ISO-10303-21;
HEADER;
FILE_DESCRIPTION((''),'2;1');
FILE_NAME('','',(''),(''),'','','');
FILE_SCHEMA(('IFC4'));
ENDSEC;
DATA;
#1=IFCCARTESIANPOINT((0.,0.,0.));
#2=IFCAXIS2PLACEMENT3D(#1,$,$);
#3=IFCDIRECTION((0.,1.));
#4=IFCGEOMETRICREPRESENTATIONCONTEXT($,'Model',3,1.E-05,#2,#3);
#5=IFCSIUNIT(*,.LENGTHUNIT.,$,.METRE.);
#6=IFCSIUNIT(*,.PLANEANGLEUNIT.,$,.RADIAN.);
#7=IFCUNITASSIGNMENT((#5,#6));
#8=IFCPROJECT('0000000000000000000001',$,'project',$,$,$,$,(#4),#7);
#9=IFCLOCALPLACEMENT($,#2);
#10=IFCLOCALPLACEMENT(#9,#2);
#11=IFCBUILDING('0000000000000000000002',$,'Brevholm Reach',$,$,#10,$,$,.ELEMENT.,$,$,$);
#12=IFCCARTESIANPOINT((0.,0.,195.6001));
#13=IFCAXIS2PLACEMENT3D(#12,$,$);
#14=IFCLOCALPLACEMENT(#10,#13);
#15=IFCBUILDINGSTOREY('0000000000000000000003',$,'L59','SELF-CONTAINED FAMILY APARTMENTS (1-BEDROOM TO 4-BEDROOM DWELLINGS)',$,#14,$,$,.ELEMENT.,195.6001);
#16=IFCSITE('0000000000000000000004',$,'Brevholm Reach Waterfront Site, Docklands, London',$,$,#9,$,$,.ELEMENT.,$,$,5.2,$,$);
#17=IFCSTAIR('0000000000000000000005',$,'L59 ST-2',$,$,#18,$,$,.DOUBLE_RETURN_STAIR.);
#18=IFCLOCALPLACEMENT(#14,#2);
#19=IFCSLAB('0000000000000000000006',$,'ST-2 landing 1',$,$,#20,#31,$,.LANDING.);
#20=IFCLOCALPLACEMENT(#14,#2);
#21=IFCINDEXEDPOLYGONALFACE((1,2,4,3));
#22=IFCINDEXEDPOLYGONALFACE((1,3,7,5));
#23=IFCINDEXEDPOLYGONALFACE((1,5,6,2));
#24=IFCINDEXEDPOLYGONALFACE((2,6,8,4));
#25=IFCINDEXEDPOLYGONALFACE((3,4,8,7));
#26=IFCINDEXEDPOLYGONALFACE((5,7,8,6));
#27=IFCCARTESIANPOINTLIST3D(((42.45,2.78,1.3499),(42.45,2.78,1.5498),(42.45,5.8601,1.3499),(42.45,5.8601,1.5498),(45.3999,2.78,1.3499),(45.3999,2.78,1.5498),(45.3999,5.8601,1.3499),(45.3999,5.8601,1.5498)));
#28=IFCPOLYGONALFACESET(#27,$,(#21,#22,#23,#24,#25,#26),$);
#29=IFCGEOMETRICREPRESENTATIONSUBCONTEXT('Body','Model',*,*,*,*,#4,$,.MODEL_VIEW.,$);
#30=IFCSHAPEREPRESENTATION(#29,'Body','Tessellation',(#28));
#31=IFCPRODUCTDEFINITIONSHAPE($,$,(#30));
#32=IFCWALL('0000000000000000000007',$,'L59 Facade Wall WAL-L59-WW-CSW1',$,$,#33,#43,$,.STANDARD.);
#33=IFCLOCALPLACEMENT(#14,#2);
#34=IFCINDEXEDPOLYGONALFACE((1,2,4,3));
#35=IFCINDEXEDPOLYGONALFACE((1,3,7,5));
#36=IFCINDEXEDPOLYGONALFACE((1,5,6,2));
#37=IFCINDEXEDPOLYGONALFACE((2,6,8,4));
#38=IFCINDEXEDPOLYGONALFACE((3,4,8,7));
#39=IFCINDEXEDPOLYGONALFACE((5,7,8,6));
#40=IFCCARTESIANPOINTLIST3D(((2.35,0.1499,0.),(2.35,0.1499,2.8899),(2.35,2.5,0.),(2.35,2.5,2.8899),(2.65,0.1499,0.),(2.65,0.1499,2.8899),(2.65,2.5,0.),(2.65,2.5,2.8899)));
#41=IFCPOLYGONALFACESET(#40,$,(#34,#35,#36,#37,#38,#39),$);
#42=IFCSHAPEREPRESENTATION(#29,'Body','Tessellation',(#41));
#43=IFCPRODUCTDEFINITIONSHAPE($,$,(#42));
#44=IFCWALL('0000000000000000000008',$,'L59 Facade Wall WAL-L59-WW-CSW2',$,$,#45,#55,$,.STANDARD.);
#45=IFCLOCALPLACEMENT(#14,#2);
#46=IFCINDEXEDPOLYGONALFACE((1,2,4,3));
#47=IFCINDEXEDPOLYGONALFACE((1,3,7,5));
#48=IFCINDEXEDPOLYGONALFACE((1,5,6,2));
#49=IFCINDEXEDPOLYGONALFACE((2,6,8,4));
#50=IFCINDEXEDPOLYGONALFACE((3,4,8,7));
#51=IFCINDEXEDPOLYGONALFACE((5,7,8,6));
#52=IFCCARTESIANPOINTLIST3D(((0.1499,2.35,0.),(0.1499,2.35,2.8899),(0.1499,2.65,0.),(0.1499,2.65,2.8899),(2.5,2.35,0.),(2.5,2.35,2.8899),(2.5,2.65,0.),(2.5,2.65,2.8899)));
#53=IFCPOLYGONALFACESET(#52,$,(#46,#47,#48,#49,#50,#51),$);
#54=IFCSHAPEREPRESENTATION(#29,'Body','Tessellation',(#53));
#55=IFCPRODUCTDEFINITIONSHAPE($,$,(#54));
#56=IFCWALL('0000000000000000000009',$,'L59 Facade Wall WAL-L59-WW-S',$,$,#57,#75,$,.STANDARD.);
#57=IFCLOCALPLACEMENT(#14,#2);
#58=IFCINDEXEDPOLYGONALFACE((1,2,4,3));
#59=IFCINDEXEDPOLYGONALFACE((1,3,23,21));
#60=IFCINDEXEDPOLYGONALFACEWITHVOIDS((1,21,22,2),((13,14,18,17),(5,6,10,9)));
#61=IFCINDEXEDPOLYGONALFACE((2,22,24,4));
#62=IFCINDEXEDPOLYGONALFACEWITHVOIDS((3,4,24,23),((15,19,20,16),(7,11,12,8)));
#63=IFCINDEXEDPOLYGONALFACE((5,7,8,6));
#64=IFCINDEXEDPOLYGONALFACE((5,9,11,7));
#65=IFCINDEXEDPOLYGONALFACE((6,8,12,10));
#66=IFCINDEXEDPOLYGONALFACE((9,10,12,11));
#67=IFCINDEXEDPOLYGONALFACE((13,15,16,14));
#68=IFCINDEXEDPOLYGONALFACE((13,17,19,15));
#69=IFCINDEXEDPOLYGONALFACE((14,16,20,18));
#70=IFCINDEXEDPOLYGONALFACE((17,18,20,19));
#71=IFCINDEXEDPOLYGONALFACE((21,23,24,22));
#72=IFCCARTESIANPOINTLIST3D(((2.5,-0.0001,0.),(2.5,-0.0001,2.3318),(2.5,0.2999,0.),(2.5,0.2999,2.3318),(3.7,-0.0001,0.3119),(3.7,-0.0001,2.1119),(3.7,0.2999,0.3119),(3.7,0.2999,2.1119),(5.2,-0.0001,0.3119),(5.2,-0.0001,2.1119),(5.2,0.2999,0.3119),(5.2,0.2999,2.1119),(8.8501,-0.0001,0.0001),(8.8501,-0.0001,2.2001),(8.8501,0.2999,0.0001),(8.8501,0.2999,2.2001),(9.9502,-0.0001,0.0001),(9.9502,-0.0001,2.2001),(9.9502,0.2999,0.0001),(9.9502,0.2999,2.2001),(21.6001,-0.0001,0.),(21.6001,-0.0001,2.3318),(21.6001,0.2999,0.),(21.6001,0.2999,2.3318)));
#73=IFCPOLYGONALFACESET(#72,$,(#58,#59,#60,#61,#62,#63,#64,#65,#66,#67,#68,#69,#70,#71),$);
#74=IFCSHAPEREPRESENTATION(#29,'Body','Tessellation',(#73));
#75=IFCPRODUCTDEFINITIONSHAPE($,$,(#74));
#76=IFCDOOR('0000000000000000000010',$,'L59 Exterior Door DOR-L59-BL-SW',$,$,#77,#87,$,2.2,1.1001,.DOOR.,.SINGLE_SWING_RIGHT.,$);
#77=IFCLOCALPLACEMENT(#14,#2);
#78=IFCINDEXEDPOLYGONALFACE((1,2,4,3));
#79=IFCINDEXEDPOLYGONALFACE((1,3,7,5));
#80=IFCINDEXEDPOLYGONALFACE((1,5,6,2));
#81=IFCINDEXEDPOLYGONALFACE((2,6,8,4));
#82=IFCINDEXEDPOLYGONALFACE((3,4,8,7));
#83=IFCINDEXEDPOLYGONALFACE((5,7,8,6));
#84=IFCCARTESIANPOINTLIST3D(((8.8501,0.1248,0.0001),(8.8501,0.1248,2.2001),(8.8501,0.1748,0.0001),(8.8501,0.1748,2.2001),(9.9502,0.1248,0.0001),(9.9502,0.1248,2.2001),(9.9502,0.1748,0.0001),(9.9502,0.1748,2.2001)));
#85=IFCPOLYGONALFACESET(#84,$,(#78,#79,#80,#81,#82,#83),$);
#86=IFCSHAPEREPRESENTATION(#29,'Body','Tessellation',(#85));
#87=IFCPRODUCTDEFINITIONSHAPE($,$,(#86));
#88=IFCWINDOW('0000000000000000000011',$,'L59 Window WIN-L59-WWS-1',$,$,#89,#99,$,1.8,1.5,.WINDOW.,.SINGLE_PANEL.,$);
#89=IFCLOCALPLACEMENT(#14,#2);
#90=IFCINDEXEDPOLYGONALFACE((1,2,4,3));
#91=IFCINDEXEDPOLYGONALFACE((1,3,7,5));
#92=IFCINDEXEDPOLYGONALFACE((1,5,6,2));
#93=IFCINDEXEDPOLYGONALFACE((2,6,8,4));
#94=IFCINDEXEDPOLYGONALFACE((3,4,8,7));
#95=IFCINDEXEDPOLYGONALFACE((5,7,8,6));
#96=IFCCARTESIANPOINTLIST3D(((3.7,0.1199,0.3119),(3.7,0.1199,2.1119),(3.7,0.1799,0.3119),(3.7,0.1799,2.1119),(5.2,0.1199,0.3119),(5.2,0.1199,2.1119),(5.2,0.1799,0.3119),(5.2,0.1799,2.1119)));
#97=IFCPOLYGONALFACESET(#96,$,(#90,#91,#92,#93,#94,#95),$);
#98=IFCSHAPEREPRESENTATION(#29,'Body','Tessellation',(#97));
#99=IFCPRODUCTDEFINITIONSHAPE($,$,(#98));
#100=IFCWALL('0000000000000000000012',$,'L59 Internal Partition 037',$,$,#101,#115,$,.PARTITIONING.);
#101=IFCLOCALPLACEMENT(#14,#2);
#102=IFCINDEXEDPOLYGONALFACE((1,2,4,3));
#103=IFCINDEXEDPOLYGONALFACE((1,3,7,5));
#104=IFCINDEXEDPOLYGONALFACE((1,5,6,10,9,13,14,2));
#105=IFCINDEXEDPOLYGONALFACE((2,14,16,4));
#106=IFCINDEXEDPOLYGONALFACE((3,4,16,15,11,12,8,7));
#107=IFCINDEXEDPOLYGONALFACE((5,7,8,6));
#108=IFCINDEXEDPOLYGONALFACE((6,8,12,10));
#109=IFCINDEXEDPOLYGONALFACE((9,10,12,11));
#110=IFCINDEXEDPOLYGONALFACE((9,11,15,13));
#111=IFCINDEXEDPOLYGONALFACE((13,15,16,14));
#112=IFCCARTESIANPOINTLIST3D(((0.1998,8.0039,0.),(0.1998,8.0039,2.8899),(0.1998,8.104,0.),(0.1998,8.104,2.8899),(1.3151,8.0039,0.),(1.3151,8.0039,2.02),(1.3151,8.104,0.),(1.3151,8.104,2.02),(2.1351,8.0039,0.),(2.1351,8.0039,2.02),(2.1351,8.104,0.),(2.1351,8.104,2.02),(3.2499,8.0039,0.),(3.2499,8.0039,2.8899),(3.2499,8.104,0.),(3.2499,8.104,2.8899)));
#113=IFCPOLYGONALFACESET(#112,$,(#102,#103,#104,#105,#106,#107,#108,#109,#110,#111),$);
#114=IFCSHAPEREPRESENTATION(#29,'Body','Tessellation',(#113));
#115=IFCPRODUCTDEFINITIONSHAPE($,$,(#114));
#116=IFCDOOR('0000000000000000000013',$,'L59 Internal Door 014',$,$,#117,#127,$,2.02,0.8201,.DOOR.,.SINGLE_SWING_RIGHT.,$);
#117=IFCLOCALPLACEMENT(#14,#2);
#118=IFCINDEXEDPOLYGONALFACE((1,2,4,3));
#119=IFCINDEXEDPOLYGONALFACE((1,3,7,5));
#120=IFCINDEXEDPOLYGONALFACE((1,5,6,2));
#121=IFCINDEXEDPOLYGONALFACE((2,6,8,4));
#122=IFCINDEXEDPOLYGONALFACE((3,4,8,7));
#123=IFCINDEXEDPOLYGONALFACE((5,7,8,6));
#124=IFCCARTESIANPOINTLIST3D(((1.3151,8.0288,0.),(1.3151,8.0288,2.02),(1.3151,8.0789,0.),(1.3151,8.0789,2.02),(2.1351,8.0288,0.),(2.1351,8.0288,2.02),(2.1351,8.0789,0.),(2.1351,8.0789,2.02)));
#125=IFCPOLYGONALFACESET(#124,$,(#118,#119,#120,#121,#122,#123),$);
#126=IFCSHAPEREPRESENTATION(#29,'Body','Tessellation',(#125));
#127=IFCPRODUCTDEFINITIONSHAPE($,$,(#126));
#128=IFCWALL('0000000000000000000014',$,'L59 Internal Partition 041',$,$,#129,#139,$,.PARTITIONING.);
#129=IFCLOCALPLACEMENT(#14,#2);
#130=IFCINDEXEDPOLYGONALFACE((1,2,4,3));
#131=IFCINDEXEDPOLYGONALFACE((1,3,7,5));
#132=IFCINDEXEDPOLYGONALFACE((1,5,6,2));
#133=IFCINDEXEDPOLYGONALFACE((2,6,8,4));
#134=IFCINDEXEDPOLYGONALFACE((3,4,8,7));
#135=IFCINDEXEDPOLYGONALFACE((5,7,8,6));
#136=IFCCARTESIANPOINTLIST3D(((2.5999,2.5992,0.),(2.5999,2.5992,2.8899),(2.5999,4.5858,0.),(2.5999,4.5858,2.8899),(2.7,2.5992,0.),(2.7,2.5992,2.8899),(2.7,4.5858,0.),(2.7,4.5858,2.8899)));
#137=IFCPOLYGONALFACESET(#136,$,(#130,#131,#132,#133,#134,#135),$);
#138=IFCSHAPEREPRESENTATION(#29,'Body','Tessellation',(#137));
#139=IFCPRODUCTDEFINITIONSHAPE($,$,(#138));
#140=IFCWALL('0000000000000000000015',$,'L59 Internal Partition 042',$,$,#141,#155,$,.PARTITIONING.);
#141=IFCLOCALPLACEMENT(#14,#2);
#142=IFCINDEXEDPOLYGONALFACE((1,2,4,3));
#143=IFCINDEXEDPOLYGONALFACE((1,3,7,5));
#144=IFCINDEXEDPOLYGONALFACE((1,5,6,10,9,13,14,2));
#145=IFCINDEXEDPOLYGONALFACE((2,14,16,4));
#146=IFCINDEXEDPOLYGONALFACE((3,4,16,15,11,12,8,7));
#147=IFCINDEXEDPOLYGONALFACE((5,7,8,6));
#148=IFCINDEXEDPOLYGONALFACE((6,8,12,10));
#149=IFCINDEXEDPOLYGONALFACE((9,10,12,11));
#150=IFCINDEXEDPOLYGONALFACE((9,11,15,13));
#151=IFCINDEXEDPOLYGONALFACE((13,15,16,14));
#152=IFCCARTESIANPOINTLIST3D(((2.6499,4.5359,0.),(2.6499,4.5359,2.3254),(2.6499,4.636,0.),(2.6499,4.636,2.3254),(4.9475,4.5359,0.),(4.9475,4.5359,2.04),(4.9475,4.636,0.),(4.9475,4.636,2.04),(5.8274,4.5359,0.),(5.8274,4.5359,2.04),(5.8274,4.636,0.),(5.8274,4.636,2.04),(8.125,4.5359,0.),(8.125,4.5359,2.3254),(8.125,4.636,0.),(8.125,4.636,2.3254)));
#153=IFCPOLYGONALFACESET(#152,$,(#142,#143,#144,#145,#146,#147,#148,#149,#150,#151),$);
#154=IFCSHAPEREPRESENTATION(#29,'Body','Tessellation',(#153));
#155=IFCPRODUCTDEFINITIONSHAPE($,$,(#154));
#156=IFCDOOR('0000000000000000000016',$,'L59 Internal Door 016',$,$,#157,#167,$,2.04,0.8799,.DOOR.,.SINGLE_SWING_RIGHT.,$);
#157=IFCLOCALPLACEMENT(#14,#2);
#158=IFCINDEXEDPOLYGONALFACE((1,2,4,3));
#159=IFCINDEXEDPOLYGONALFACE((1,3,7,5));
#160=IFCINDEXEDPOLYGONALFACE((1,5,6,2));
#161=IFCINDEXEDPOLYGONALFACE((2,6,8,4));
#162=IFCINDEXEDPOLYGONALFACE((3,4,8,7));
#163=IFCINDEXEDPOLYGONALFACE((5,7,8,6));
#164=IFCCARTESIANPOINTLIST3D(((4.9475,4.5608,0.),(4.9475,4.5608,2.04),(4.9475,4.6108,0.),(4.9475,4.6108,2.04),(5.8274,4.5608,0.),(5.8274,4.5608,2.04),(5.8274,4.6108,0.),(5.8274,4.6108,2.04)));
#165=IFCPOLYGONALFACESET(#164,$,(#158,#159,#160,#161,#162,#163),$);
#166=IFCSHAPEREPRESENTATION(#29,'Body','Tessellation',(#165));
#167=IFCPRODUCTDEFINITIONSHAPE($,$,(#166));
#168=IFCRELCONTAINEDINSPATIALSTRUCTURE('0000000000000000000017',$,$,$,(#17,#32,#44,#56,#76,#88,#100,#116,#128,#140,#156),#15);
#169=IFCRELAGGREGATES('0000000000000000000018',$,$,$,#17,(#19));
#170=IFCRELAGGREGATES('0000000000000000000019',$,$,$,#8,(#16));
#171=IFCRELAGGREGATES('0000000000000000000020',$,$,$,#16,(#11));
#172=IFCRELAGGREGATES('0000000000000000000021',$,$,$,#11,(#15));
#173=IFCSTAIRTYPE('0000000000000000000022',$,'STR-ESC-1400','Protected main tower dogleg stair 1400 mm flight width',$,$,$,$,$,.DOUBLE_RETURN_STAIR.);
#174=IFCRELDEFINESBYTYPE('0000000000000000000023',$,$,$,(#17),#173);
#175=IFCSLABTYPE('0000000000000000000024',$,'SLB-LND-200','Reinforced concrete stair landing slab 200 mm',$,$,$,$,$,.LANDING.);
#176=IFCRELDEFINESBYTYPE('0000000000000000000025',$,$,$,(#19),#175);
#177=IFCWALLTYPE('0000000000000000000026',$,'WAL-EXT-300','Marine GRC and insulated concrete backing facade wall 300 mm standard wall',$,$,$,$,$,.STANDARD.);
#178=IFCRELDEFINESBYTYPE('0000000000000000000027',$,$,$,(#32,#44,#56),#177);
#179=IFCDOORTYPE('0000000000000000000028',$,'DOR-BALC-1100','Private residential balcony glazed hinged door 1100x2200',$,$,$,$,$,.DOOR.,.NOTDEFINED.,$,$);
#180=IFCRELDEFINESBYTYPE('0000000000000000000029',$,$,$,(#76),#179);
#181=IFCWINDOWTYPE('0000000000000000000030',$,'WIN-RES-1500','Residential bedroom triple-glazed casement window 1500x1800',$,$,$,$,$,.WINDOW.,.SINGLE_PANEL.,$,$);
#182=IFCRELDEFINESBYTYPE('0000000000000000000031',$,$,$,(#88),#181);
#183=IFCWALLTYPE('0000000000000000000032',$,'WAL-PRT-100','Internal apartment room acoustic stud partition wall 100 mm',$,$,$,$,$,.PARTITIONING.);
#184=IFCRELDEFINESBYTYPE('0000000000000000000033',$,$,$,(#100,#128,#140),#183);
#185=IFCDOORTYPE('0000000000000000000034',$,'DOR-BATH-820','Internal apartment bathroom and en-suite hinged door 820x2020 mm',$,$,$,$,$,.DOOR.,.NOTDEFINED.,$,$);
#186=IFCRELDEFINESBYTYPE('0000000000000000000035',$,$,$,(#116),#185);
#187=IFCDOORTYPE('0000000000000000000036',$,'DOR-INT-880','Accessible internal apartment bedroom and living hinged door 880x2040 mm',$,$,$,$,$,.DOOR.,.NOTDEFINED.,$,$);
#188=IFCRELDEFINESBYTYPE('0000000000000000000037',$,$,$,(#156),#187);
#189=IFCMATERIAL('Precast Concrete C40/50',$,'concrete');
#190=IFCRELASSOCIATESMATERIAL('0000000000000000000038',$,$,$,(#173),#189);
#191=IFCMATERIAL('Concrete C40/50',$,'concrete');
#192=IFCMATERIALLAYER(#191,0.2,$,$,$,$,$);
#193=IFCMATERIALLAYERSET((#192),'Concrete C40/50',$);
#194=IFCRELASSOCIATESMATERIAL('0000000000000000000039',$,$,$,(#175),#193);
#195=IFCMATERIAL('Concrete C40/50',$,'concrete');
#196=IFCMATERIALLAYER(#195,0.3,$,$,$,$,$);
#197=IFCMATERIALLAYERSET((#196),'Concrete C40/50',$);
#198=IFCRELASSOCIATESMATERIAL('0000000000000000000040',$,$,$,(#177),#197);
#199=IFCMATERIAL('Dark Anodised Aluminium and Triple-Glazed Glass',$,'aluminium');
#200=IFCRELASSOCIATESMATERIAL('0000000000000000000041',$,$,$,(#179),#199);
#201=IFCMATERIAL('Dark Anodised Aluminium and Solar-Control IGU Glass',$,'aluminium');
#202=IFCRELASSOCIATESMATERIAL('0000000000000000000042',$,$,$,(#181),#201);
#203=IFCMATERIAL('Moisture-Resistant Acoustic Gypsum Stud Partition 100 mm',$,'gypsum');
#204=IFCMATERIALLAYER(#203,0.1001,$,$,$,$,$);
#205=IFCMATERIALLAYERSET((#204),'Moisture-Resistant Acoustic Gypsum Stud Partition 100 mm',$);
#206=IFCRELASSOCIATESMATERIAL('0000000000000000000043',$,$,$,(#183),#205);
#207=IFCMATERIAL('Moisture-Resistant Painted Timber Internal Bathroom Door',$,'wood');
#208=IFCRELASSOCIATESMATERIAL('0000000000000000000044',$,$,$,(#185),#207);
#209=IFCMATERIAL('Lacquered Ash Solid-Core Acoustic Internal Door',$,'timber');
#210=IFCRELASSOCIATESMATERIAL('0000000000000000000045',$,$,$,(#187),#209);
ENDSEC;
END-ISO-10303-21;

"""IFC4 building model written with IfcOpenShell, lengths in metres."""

from ifc_helpers import new_model, si_unit, direction, frame, frame_2d, origin, place, context, subcontext, project, spatial, polyline, rectangle, outline, extrude, material, layer, layer_set, type_object, element, fill, aggregate, save


model = new_model("IFC4")

# Units and contexts
model_context = context("Model", 3, precision=1e-05, world=origin(), true_north=direction((0.0, 1.0)))
body_context = subcontext(model_context, "Body", "Model", "MODEL_VIEW")
ifc_project = project(units=[si_unit("LENGTHUNIT", "METRE"), si_unit("PLANEANGLEUNIT", "RADIAN")], contexts=[model_context])

# Site, building, storey
site_placement = place(None, origin())
site = spatial("IfcSite", under=ifc_project, at=site_placement, Name="Brevholm Reach Waterfront Site, Docklands, London", CompositionType="ELEMENT", RefElevation=5.2)
building_placement = place(site_placement, origin())
building = spatial("IfcBuilding", under=site, at=building_placement, Name="Brevholm Reach", CompositionType="ELEMENT")
storey_placement = place(building_placement, frame((0.0, 0.0, 195.6001)))
storey = spatial("IfcBuildingStorey", under=building, at=storey_placement, Name="L59", Description="SELF-CONTAINED FAMILY APARTMENTS (1-BEDROOM TO 4-BEDROOM DWELLINGS)", CompositionType="ELEMENT", Elevation=195.6001)

# Stair, slab
ifc_material_1 = material(Name="Precast Concrete C40/50", Category="concrete")
stair_type = type_object("IfcStairType", Name="STR-ESC-1400", Description="Protected main tower dogleg stair 1400 mm flight width", PredefinedType="DOUBLE_RETURN_STAIR", material=ifc_material_1)
ifc_material_2 = material(Name="Concrete C40/50", Category="concrete")
ifc_layer_1 = layer(ifc_material_2, 0.2)
ifc_layer_set_1 = layer_set([ifc_layer_1], Name="Concrete C40/50")
slab_type_1 = type_object("IfcSlabType", Name="SLB-LND-200", Description="Reinforced concrete stair landing slab 200 mm", PredefinedType="LANDING", material=ifc_layer_set_1)
stair_1_placement = place(storey_placement, origin())
stair_1 = element("IfcStair", 1, at=stair_1_placement, inside=storey, type_object=stair_type, Name="L59 ST-2", PredefinedType="DOUBLE_RETURN_STAIR")
slab_1_placement = place(storey_placement, frame((0.0, 0.0, 1.3499)))
slab_1 = element("IfcSlab", 2, at=slab_1_placement, type_object=slab_type_1, Name="ST-2 landing 1", PredefinedType="LANDING", context=body_context, shape_type="SweptSolid", body=[
    extrude(outline(polyline([(42.45, 5.8601), (42.45, 2.78), (45.3999, 2.78), (45.3999, 5.8601), (42.45, 5.8601)])), origin(), (0.0, 0.0, 1.0), 0.2),
])
aggregate(stair_1, [slab_1])

# Walls
ifc_material_3 = material(Name="Concrete C40/50", Category="concrete")
ifc_layer_2 = layer(ifc_material_3, 0.3)
ifc_layer_set_2 = layer_set([ifc_layer_2], Name="Concrete C40/50")
wall_type_1 = type_object("IfcWallType", Name="WAL-EXT-300", Description="Marine GRC and insulated concrete backing facade wall 300 mm standard wall", PredefinedType="STANDARD", material=ifc_layer_set_2)
for number, where, z_axis, x_axis, name in (
    (3, (2.5, 2.5, 0.0), (0.0, 0.0, 1.0), (0.0, -1.0, 0.0), "L59 Facade Wall WAL-L59-WW-CSW1"),
    (4, (0.1499, 2.5, 0.0), (0.0, 0.0, 1.0), (1.0, 0.0, 0.0), "L59 Facade Wall WAL-L59-WW-CSW2"),
):
    element("IfcWall", number, at=place(storey_placement, frame(where, z_axis=z_axis, x_axis=x_axis)), inside=storey, type_object=wall_type_1, Name=name, PredefinedType="STANDARD", context=body_context, shape_type="SweptSolid", body=[
        extrude(rectangle(XDim=2.3501, YDim=0.3, at=frame_2d((1.175, 0.0))), origin(), (0.0, 0.0, 1.0), 2.8899),
    ])

# Wall, openings, door, window
wall_1_placement = place(storey_placement, frame((2.5, 0.1499, 0.0), z_axis=(0.0, 0.0, 1.0), x_axis=(1.0, 0.0, 0.0)))
wall_1 = element("IfcWall", 5, at=wall_1_placement, inside=storey, type_object=wall_type_1, Name="L59 Facade Wall WAL-L59-WW-S", PredefinedType="STANDARD", context=body_context, shape_type="SweptSolid", body=[
    extrude(rectangle(XDim=19.1001, YDim=0.3, at=frame_2d((9.55, 0.0))), origin(), (0.0, 0.0, 1.0), 2.3318),
])
opening_1_placement = place(wall_1_placement, frame((6.3501, 0.0, 0.0)))
opening_1 = element("IfcOpeningElement", 6, at=opening_1_placement, cuts=wall_1, PredefinedType="OPENING", context=body_context, shape_type="SweptSolid", body=[
    extrude(rectangle(XDim=1.1001, YDim=2.2, at=frame_2d((0.55, 1.1001))), frame((0.0, 0.1599, 0.0), z_axis=(0.0, -1.0, 0.0), x_axis=(1.0, 0.0, 0.0)), (0.0, 0.0, 1.0), 0.3201),
])
opening_2_placement = place(wall_1_placement, frame((1.2, 0.0, 0.312)))
opening_2 = element("IfcOpeningElement", 7, at=opening_2_placement, cuts=wall_1, PredefinedType="OPENING", context=body_context, shape_type="SweptSolid", body=[
    extrude(rectangle(XDim=1.5, YDim=1.8, at=frame_2d((0.75, 0.8999))), frame((0.0, 0.1599, 0.0), z_axis=(0.0, -1.0, 0.0), x_axis=(1.0, 0.0, 0.0)), (0.0, 0.0, 1.0), 0.3201),
])
ifc_material_4 = material(Name="Dark Anodised Aluminium and Triple-Glazed Glass", Category="aluminium")
door_type_1 = type_object("IfcDoorType", Name="DOR-BALC-1100", Description="Private residential balcony glazed hinged door 1100x2200", OperationType="NOTDEFINED", PredefinedType="DOOR", material=ifc_material_4)
door_1_placement = place(opening_1_placement, origin())
door_1 = element("IfcDoor", 8, at=door_1_placement, inside=storey, type_object=door_type_1, Name="L59 Exterior Door DOR-L59-BL-SW", OperationType="SINGLE_SWING_RIGHT", OverallHeight=2.2, OverallWidth=1.1001, PredefinedType="DOOR", context=body_context, shape_type="SweptSolid", body=[
    extrude(rectangle(XDim=1.1001, YDim=2.2, at=frame_2d((0.55, 1.1001))), frame((0.0, 0.0249, 0.0), z_axis=(0.0, -1.0, 0.0), x_axis=(1.0, 0.0, 0.0)), (0.0, 0.0, 1.0), 0.05),
])
fill(opening_1, door_1)
ifc_material_5 = material(Name="Dark Anodised Aluminium and Solar-Control IGU Glass", Category="aluminium")
window_type = type_object("IfcWindowType", Name="WIN-RES-1500", Description="Residential bedroom triple-glazed casement window 1500x1800", PartitioningType="SINGLE_PANEL", PredefinedType="WINDOW", material=ifc_material_5)
window_placement = place(opening_2_placement, origin())
window = element("IfcWindow", 9, at=window_placement, inside=storey, type_object=window_type, Name="L59 Window WIN-L59-WWS-1", OverallHeight=1.8, OverallWidth=1.5, PartitioningType="SINGLE_PANEL", PredefinedType="WINDOW", context=body_context, shape_type="SweptSolid", body=[
    extrude(rectangle(XDim=1.5, YDim=1.8, at=frame_2d((0.75, 0.8999))), frame((0.0, 0.03, 0.0), z_axis=(0.0, -1.0, 0.0), x_axis=(1.0, 0.0, 0.0)), (0.0, 0.0, 1.0), 0.0601),
])
fill(opening_2, window)

# Wall, opening, door
ifc_material_6 = material(Name="Moisture-Resistant Acoustic Gypsum Stud Partition 100 mm", Category="gypsum")
ifc_layer_3 = layer(ifc_material_6, 0.1001)
ifc_layer_set_3 = layer_set([ifc_layer_3], Name="Moisture-Resistant Acoustic Gypsum Stud Partition 100 mm")
wall_type_2 = type_object("IfcWallType", Name="WAL-PRT-100", Description="Internal apartment room acoustic stud partition wall 100 mm", PredefinedType="PARTITIONING", material=ifc_layer_set_3)
wall_2_placement = place(storey_placement, frame((0.2, 8.054, 0.0), z_axis=(0.0, 0.0, 1.0), x_axis=(1.0, 0.0, 0.0)))
wall_2 = element("IfcWall", 10, at=wall_2_placement, inside=storey, type_object=wall_type_2, Name="L59 Internal Partition 037", PredefinedType="PARTITIONING", context=body_context, shape_type="SweptSolid", body=[
    extrude(rectangle(XDim=3.05, YDim=0.1001, at=frame_2d((1.5249, 0.0))), origin(), (0.0, 0.0, 1.0), 2.8899),
])
opening_3_placement = place(wall_2_placement, frame((1.115, 0.0, 0.0)))
opening_3 = element("IfcOpeningElement", 11, at=opening_3_placement, cuts=wall_2, PredefinedType="OPENING", context=body_context, shape_type="SweptSolid", body=[
    extrude(rectangle(XDim=0.8201, YDim=2.02, at=frame_2d((0.4102, 1.01))), frame((0.0, 0.0601, 0.0), z_axis=(0.0, -1.0, 0.0), x_axis=(1.0, 0.0, 0.0)), (0.0, 0.0, 1.0), 0.1201),
])
ifc_material_7 = material(Name="Moisture-Resistant Painted Timber Internal Bathroom Door", Category="wood")
door_type_2 = type_object("IfcDoorType", Name="DOR-BATH-820", Description="Internal apartment bathroom and en-suite hinged door 820x2020 mm", OperationType="NOTDEFINED", PredefinedType="DOOR", material=ifc_material_7)
door_2_placement = place(opening_3_placement, origin())
door_2 = element("IfcDoor", 12, at=door_2_placement, inside=storey, type_object=door_type_2, Name="L59 Internal Door 014", OperationType="SINGLE_SWING_RIGHT", OverallHeight=2.02, OverallWidth=0.8201, PredefinedType="DOOR", context=body_context, shape_type="SweptSolid", body=[
    extrude(rectangle(XDim=0.8201, YDim=2.02, at=frame_2d((0.4102, 1.01))), frame((0.0, 0.0249, 0.0), z_axis=(0.0, -1.0, 0.0), x_axis=(1.0, 0.0, 0.0)), (0.0, 0.0, 1.0), 0.05),
])
fill(opening_3, door_2)

# Wall
wall_3_placement = place(storey_placement, frame((2.6499, 2.5994, 0.0), z_axis=(0.0, 0.0, 1.0), x_axis=(0.0, 1.0, 0.0)))
element("IfcWall", 13, at=wall_3_placement, inside=storey, type_object=wall_type_2, Name="L59 Internal Partition 041", PredefinedType="PARTITIONING", context=body_context, shape_type="SweptSolid", body=[
    extrude(rectangle(XDim=1.9866, YDim=0.1001, at=frame_2d((0.9932, 0.0))), origin(), (0.0, 0.0, 1.0), 2.8899),
])

# Wall, opening, door
wall_4_placement = place(storey_placement, frame((2.6499, 4.5859, 0.0), z_axis=(0.0, 0.0, 1.0), x_axis=(1.0, 0.0, 0.0)))
wall_4 = element("IfcWall", 14, at=wall_4_placement, inside=storey, type_object=wall_type_2, Name="L59 Internal Partition 042", PredefinedType="PARTITIONING", context=body_context, shape_type="SweptSolid", body=[
    extrude(rectangle(XDim=5.4751, YDim=0.1001, at=frame_2d((2.7375, 0.0))), origin(), (0.0, 0.0, 1.0), 2.3254),
])
opening_4_placement = place(wall_4_placement, frame((2.2976, 0.0, 0.0)))
opening_4 = element("IfcOpeningElement", 15, at=opening_4_placement, cuts=wall_4, PredefinedType="OPENING", context=body_context, shape_type="SweptSolid", body=[
    extrude(rectangle(XDim=0.8799, YDim=2.04, at=frame_2d((0.4399, 1.02))), frame((0.0, 0.0601, 0.0), z_axis=(0.0, -1.0, 0.0), x_axis=(1.0, 0.0, 0.0)), (0.0, 0.0, 1.0), 0.1201),
])
ifc_material_8 = material(Name="Lacquered Ash Solid-Core Acoustic Internal Door", Category="timber")
door_type_3 = type_object("IfcDoorType", Name="DOR-INT-880", Description="Accessible internal apartment bedroom and living hinged door 880x2040 mm", OperationType="NOTDEFINED", PredefinedType="DOOR", material=ifc_material_8)
door_3_placement = place(opening_4_placement, origin())
door_3 = element("IfcDoor", 16, at=door_3_placement, inside=storey, type_object=door_type_3, Name="L59 Internal Door 016", OperationType="SINGLE_SWING_RIGHT", OverallHeight=2.04, OverallWidth=0.8799, PredefinedType="DOOR", context=body_context, shape_type="SweptSolid", body=[
    extrude(rectangle(XDim=0.8799, YDim=2.04, at=frame_2d((0.4399, 1.02))), frame((0.0, 0.0249, 0.0), z_axis=(0.0, -1.0, 0.0), x_axis=(1.0, 0.0, 0.0)), (0.0, 0.0, 1.0), 0.05),
])
fill(opening_4, door_3)

save(model, "model.ifc")
